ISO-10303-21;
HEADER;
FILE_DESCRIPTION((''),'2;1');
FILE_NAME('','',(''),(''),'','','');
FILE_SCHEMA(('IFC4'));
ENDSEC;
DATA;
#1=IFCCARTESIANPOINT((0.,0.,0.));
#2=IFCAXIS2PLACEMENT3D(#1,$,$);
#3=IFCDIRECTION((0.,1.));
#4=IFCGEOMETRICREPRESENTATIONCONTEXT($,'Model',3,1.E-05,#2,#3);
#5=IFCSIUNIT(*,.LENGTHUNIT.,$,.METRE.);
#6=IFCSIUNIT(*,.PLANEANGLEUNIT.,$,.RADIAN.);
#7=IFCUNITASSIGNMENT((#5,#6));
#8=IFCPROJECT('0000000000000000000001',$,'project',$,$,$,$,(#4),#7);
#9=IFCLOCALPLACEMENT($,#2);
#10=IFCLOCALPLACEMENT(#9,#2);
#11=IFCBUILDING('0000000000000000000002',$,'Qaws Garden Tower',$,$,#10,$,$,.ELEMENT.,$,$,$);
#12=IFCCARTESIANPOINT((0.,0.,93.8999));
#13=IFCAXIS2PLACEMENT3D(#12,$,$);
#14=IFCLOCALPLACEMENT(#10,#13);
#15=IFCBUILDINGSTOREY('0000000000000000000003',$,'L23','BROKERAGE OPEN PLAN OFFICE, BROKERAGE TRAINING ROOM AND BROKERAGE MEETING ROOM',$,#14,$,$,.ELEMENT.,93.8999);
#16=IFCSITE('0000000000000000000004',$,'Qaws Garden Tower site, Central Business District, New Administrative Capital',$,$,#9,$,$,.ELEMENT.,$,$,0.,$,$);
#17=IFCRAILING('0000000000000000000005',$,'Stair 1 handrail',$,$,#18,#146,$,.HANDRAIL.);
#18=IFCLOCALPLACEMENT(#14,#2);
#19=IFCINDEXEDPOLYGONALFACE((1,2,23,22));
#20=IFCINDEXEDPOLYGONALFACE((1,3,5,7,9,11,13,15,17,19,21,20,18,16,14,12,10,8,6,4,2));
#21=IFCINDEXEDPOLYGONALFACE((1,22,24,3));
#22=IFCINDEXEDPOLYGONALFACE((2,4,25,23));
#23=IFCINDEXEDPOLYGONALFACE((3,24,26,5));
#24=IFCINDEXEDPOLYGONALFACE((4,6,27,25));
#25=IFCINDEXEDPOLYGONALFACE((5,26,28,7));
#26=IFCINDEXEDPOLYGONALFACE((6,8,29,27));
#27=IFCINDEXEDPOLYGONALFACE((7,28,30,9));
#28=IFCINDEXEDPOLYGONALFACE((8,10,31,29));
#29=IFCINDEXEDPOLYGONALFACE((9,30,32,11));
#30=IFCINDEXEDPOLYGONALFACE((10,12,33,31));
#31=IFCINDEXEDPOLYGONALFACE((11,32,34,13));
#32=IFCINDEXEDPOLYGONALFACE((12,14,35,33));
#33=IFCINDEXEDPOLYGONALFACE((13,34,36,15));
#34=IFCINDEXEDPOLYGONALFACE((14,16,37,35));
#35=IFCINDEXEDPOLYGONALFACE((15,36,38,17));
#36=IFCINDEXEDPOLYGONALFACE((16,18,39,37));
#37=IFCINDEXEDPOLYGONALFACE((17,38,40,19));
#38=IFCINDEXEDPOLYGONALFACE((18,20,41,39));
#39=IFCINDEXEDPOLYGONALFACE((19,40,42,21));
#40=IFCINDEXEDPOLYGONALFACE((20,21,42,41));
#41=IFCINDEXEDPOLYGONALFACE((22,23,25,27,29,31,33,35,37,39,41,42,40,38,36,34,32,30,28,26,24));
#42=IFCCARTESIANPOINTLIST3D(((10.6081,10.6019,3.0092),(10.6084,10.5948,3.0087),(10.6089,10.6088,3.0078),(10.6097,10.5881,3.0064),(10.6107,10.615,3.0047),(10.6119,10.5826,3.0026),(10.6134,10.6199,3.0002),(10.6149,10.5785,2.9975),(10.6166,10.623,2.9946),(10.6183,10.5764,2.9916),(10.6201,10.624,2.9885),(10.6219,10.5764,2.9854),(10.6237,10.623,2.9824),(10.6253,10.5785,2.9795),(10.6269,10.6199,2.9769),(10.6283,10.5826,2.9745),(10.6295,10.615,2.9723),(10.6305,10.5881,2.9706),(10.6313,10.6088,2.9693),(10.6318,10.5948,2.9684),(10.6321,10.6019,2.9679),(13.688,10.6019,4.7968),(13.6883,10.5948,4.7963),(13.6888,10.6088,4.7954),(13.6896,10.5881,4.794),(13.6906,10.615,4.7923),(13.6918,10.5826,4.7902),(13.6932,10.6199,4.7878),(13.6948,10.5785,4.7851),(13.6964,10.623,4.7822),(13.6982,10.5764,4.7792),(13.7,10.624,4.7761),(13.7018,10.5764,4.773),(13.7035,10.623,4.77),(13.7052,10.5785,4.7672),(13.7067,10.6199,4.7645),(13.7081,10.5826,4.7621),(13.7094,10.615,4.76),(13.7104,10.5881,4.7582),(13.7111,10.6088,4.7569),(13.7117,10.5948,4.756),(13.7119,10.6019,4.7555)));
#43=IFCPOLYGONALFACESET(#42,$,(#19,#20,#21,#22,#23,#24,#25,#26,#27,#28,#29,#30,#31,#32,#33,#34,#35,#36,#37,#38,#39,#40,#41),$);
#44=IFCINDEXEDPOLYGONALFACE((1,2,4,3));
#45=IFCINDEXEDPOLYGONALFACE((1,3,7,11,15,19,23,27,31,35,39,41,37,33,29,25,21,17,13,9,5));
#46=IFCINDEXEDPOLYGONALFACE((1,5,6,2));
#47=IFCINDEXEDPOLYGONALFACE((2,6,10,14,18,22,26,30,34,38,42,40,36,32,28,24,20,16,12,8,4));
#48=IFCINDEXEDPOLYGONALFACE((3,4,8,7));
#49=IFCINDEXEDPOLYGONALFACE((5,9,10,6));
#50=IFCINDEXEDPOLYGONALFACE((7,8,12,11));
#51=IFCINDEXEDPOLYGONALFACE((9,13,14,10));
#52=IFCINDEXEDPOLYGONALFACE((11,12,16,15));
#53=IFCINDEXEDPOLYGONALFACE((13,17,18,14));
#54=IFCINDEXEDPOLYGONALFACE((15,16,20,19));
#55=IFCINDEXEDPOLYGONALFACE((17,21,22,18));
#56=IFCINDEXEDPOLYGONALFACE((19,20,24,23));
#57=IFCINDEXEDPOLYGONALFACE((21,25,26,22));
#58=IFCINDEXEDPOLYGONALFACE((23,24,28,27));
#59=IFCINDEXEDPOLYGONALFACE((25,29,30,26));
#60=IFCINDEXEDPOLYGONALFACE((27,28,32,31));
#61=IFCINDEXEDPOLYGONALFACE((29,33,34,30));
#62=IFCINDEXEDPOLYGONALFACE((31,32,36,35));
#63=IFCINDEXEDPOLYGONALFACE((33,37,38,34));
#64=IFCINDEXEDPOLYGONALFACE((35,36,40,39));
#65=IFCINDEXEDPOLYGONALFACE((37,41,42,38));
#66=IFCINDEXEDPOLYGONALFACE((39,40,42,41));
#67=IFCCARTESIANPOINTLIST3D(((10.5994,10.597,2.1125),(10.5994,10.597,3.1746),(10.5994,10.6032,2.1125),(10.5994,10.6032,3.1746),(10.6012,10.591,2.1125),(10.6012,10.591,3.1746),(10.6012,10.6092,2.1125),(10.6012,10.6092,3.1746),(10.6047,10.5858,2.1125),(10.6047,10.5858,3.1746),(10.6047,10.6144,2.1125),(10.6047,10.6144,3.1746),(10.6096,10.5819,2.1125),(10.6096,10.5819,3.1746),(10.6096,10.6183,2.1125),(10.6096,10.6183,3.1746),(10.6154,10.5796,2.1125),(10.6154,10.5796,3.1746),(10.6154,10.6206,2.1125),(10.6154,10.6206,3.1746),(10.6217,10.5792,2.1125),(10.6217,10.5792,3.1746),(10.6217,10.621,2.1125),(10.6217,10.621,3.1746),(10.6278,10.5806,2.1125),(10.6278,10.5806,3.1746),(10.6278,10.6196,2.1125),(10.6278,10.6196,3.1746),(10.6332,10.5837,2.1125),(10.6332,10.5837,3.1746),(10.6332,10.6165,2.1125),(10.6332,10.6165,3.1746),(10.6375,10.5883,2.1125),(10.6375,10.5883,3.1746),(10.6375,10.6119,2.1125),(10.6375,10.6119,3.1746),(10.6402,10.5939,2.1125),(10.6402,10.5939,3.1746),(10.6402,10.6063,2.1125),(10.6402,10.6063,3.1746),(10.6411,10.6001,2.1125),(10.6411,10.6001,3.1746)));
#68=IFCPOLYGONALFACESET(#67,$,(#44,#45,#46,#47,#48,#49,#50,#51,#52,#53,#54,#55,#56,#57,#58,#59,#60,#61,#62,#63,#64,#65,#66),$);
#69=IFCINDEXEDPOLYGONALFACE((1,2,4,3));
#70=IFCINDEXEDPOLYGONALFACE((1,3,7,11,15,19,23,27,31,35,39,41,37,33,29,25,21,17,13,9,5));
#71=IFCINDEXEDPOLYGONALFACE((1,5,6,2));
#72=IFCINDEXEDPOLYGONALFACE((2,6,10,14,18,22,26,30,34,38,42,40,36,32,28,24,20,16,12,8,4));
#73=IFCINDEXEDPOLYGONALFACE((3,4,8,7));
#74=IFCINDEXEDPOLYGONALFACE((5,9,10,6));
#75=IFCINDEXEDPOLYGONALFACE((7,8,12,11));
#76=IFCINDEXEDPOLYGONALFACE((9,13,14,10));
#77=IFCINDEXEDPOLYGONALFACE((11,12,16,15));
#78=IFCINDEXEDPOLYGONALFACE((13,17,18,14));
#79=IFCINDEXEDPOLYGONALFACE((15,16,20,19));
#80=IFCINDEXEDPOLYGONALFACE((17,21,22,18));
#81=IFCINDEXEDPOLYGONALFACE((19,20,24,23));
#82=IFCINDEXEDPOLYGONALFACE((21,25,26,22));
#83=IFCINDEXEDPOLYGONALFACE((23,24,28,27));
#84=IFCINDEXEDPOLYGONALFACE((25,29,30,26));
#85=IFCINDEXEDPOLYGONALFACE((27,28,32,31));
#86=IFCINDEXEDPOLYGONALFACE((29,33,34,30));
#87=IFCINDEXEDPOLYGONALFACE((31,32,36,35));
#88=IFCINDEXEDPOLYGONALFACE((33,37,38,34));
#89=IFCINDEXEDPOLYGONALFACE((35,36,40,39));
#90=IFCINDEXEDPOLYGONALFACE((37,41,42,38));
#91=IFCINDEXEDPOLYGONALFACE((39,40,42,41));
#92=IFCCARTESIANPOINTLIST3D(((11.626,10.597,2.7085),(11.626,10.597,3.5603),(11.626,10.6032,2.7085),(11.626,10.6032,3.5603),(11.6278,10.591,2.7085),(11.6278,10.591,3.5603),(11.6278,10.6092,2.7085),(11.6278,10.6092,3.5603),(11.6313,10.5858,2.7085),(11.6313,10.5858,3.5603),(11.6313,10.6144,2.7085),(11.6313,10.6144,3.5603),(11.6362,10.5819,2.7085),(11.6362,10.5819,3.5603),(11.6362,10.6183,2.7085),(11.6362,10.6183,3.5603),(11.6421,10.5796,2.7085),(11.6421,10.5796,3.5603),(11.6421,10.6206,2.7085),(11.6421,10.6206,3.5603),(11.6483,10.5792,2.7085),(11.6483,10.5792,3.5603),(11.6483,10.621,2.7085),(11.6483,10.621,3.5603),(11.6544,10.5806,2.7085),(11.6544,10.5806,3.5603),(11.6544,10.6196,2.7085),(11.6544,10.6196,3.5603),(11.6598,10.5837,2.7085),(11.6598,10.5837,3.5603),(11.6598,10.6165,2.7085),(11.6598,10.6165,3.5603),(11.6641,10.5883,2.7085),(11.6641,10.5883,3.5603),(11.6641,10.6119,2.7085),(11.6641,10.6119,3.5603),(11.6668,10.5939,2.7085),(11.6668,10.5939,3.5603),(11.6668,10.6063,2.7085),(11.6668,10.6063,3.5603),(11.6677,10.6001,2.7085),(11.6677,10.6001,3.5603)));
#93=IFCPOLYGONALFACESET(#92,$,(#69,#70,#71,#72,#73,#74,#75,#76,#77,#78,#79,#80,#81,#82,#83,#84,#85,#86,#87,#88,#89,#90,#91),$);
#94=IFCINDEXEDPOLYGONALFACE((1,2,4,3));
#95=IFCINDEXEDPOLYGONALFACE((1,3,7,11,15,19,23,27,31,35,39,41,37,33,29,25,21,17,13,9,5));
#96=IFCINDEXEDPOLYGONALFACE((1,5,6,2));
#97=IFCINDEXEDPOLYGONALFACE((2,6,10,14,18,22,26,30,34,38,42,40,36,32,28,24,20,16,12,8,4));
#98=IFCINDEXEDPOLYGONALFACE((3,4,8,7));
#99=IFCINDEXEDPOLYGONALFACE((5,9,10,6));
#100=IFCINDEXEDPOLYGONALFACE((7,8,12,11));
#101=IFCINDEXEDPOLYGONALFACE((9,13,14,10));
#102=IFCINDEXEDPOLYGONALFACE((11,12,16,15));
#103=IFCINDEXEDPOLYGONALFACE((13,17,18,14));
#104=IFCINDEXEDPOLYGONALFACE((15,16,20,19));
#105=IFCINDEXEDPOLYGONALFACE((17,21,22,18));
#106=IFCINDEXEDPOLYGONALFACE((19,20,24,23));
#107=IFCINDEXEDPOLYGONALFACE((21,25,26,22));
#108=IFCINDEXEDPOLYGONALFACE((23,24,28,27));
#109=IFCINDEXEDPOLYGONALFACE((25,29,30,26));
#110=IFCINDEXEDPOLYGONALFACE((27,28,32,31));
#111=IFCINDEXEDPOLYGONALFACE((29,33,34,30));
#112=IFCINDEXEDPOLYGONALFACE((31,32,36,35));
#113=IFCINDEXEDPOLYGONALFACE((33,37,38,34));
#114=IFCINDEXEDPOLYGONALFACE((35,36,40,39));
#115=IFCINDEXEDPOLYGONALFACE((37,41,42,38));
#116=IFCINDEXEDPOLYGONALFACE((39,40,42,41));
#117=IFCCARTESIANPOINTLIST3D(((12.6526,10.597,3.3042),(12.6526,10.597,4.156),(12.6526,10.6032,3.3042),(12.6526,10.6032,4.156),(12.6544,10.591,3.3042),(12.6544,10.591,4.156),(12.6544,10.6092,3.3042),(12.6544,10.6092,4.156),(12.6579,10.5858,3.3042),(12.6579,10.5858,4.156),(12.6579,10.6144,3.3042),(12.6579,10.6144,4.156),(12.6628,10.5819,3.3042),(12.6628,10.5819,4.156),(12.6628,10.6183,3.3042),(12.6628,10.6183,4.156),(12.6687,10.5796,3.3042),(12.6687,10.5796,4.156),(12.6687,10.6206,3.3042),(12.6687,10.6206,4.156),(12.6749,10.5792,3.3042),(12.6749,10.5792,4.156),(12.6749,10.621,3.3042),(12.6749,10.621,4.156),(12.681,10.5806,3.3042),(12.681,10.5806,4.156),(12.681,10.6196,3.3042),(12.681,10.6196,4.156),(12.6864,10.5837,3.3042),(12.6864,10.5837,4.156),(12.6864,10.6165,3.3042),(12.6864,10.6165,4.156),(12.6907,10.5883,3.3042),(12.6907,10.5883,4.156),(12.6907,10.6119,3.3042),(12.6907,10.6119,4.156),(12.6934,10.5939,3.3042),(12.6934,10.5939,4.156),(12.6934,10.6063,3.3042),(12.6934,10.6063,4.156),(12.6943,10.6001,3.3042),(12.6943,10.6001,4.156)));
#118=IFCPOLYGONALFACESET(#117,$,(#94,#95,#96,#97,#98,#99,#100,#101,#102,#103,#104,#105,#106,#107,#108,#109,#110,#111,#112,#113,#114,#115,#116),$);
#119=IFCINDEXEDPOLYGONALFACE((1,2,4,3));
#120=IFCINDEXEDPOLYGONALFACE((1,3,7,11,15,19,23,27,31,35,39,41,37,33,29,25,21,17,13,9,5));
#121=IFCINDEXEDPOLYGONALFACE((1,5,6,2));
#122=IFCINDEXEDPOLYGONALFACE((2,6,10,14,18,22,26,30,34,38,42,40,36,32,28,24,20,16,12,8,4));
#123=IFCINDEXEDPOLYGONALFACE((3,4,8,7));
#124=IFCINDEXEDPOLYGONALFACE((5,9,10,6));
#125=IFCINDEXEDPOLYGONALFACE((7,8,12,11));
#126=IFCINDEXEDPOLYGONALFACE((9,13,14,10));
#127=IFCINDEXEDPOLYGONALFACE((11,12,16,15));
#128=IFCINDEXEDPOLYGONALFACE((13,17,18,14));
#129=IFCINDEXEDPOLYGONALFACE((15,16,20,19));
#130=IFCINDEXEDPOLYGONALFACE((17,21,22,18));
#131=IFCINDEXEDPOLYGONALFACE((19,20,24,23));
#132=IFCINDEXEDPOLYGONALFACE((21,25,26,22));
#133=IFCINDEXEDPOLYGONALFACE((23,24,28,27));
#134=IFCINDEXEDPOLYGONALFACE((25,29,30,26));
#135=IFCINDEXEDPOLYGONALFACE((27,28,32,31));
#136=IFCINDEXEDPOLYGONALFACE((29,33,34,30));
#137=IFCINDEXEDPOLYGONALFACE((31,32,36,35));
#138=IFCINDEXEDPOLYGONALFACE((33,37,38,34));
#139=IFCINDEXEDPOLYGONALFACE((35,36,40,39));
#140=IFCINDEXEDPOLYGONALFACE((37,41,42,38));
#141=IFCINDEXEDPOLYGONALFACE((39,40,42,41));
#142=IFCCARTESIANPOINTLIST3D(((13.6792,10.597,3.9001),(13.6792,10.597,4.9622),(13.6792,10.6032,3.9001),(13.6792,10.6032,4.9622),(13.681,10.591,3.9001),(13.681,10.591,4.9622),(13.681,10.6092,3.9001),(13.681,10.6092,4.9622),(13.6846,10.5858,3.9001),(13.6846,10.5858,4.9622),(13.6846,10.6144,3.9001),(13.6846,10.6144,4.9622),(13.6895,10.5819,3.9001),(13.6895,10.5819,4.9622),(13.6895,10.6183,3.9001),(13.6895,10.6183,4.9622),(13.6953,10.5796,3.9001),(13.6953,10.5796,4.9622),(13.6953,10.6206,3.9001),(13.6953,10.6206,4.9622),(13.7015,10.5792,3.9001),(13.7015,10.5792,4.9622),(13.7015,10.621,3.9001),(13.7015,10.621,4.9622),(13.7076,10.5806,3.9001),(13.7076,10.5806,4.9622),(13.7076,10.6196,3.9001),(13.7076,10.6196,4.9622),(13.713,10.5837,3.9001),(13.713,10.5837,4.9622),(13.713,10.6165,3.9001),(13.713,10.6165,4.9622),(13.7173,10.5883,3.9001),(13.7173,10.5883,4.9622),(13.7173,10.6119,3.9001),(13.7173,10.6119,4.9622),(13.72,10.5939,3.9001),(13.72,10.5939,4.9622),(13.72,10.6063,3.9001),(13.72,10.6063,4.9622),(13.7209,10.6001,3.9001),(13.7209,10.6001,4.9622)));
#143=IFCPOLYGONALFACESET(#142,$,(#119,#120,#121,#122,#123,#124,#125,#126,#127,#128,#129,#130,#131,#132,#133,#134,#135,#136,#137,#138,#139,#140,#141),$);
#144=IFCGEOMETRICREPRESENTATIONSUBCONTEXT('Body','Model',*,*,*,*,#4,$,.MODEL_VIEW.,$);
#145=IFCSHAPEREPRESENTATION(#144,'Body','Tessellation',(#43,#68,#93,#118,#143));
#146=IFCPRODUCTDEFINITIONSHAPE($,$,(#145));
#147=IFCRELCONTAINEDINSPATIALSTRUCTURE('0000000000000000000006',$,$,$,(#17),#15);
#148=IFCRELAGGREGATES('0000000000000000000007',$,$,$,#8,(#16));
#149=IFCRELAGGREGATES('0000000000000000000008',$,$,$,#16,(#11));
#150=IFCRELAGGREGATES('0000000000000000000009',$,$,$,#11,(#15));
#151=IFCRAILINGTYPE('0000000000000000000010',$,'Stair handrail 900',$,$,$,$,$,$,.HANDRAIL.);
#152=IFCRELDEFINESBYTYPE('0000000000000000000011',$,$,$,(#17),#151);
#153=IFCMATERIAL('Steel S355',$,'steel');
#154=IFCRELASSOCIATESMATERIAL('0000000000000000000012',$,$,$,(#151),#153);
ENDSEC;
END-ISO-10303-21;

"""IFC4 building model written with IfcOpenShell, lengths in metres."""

from ifc_helpers import new_model, si_unit, direction, frame, origin, origin_2d, place, context, subcontext, project, spatial, circle, extrude, material, type_object, element, save


model = new_model("IFC4")

# Units and contexts
model_context = context("Model", 3, precision=1e-05, world=origin(), true_north=direction((0.0, 1.0)))
body_context = subcontext(model_context, "Body", "Model", "MODEL_VIEW")
ifc_project = project(units=[si_unit("LENGTHUNIT", "METRE"), si_unit("PLANEANGLEUNIT", "RADIAN")], contexts=[model_context])

# Site, building, storey
site_placement = place(None, origin())
site = spatial("IfcSite", under=ifc_project, at=site_placement, Name="Qaws Garden Tower site, Central Business District, New Administrative Capital", CompositionType="ELEMENT", RefElevation=0.0)
building_placement = place(site_placement, origin())
building = spatial("IfcBuilding", under=site, at=building_placement, Name="Qaws Garden Tower", CompositionType="ELEMENT")
storey_placement = place(building_placement, frame((0.0, 0.0, 93.8999)))
storey = spatial("IfcBuildingStorey", under=building, at=storey_placement, Name="L23", Description="BROKERAGE OPEN PLAN OFFICE, BROKERAGE TRAINING ROOM AND BROKERAGE MEETING ROOM", CompositionType="ELEMENT", Elevation=93.8999)

# Railing
ifc_material_1 = material(Name="Steel S355", Category="steel")
railing_type = type_object("IfcRailingType", Name="Stair handrail 900", PredefinedType="HANDRAIL", material=ifc_material_1)
railing_1_placement = place(storey_placement, frame((10.6201, 10.6001, 2.1125)))
element("IfcRailing", 1, at=railing_1_placement, inside=storey, type_object=railing_type, Name="Stair 1 handrail", PredefinedType="HANDRAIL", context=body_context, shape_type="SweptSolid", body=[
    extrude(circle(Radius=0.0239, at=origin_2d()), frame((0.0, 0.0, 0.876), z_axis=(0.864873, 0.0, 0.50199), x_axis=(0.0, 1.0, 0.0)), (0.0, 0.0, 1.0), 3.561),
    extrude(circle(Radius=0.021, at=origin_2d()), origin(), (0.0, 0.0, 1.0), 1.062),
    extrude(circle(Radius=0.021, at=origin_2d()), frame((1.0266, 0.0, 0.5959)), (0.0, 0.0, 1.0), 0.8518),
    extrude(circle(Radius=0.021, at=origin_2d()), frame((2.0532, 0.0, 1.1917)), (0.0, 0.0, 1.0), 0.8518),
    extrude(circle(Radius=0.021, at=origin_2d()), frame((3.0798, 0.0, 1.7876)), (0.0, 0.0, 1.0), 1.062),
])

save(model, "model.ifc")
